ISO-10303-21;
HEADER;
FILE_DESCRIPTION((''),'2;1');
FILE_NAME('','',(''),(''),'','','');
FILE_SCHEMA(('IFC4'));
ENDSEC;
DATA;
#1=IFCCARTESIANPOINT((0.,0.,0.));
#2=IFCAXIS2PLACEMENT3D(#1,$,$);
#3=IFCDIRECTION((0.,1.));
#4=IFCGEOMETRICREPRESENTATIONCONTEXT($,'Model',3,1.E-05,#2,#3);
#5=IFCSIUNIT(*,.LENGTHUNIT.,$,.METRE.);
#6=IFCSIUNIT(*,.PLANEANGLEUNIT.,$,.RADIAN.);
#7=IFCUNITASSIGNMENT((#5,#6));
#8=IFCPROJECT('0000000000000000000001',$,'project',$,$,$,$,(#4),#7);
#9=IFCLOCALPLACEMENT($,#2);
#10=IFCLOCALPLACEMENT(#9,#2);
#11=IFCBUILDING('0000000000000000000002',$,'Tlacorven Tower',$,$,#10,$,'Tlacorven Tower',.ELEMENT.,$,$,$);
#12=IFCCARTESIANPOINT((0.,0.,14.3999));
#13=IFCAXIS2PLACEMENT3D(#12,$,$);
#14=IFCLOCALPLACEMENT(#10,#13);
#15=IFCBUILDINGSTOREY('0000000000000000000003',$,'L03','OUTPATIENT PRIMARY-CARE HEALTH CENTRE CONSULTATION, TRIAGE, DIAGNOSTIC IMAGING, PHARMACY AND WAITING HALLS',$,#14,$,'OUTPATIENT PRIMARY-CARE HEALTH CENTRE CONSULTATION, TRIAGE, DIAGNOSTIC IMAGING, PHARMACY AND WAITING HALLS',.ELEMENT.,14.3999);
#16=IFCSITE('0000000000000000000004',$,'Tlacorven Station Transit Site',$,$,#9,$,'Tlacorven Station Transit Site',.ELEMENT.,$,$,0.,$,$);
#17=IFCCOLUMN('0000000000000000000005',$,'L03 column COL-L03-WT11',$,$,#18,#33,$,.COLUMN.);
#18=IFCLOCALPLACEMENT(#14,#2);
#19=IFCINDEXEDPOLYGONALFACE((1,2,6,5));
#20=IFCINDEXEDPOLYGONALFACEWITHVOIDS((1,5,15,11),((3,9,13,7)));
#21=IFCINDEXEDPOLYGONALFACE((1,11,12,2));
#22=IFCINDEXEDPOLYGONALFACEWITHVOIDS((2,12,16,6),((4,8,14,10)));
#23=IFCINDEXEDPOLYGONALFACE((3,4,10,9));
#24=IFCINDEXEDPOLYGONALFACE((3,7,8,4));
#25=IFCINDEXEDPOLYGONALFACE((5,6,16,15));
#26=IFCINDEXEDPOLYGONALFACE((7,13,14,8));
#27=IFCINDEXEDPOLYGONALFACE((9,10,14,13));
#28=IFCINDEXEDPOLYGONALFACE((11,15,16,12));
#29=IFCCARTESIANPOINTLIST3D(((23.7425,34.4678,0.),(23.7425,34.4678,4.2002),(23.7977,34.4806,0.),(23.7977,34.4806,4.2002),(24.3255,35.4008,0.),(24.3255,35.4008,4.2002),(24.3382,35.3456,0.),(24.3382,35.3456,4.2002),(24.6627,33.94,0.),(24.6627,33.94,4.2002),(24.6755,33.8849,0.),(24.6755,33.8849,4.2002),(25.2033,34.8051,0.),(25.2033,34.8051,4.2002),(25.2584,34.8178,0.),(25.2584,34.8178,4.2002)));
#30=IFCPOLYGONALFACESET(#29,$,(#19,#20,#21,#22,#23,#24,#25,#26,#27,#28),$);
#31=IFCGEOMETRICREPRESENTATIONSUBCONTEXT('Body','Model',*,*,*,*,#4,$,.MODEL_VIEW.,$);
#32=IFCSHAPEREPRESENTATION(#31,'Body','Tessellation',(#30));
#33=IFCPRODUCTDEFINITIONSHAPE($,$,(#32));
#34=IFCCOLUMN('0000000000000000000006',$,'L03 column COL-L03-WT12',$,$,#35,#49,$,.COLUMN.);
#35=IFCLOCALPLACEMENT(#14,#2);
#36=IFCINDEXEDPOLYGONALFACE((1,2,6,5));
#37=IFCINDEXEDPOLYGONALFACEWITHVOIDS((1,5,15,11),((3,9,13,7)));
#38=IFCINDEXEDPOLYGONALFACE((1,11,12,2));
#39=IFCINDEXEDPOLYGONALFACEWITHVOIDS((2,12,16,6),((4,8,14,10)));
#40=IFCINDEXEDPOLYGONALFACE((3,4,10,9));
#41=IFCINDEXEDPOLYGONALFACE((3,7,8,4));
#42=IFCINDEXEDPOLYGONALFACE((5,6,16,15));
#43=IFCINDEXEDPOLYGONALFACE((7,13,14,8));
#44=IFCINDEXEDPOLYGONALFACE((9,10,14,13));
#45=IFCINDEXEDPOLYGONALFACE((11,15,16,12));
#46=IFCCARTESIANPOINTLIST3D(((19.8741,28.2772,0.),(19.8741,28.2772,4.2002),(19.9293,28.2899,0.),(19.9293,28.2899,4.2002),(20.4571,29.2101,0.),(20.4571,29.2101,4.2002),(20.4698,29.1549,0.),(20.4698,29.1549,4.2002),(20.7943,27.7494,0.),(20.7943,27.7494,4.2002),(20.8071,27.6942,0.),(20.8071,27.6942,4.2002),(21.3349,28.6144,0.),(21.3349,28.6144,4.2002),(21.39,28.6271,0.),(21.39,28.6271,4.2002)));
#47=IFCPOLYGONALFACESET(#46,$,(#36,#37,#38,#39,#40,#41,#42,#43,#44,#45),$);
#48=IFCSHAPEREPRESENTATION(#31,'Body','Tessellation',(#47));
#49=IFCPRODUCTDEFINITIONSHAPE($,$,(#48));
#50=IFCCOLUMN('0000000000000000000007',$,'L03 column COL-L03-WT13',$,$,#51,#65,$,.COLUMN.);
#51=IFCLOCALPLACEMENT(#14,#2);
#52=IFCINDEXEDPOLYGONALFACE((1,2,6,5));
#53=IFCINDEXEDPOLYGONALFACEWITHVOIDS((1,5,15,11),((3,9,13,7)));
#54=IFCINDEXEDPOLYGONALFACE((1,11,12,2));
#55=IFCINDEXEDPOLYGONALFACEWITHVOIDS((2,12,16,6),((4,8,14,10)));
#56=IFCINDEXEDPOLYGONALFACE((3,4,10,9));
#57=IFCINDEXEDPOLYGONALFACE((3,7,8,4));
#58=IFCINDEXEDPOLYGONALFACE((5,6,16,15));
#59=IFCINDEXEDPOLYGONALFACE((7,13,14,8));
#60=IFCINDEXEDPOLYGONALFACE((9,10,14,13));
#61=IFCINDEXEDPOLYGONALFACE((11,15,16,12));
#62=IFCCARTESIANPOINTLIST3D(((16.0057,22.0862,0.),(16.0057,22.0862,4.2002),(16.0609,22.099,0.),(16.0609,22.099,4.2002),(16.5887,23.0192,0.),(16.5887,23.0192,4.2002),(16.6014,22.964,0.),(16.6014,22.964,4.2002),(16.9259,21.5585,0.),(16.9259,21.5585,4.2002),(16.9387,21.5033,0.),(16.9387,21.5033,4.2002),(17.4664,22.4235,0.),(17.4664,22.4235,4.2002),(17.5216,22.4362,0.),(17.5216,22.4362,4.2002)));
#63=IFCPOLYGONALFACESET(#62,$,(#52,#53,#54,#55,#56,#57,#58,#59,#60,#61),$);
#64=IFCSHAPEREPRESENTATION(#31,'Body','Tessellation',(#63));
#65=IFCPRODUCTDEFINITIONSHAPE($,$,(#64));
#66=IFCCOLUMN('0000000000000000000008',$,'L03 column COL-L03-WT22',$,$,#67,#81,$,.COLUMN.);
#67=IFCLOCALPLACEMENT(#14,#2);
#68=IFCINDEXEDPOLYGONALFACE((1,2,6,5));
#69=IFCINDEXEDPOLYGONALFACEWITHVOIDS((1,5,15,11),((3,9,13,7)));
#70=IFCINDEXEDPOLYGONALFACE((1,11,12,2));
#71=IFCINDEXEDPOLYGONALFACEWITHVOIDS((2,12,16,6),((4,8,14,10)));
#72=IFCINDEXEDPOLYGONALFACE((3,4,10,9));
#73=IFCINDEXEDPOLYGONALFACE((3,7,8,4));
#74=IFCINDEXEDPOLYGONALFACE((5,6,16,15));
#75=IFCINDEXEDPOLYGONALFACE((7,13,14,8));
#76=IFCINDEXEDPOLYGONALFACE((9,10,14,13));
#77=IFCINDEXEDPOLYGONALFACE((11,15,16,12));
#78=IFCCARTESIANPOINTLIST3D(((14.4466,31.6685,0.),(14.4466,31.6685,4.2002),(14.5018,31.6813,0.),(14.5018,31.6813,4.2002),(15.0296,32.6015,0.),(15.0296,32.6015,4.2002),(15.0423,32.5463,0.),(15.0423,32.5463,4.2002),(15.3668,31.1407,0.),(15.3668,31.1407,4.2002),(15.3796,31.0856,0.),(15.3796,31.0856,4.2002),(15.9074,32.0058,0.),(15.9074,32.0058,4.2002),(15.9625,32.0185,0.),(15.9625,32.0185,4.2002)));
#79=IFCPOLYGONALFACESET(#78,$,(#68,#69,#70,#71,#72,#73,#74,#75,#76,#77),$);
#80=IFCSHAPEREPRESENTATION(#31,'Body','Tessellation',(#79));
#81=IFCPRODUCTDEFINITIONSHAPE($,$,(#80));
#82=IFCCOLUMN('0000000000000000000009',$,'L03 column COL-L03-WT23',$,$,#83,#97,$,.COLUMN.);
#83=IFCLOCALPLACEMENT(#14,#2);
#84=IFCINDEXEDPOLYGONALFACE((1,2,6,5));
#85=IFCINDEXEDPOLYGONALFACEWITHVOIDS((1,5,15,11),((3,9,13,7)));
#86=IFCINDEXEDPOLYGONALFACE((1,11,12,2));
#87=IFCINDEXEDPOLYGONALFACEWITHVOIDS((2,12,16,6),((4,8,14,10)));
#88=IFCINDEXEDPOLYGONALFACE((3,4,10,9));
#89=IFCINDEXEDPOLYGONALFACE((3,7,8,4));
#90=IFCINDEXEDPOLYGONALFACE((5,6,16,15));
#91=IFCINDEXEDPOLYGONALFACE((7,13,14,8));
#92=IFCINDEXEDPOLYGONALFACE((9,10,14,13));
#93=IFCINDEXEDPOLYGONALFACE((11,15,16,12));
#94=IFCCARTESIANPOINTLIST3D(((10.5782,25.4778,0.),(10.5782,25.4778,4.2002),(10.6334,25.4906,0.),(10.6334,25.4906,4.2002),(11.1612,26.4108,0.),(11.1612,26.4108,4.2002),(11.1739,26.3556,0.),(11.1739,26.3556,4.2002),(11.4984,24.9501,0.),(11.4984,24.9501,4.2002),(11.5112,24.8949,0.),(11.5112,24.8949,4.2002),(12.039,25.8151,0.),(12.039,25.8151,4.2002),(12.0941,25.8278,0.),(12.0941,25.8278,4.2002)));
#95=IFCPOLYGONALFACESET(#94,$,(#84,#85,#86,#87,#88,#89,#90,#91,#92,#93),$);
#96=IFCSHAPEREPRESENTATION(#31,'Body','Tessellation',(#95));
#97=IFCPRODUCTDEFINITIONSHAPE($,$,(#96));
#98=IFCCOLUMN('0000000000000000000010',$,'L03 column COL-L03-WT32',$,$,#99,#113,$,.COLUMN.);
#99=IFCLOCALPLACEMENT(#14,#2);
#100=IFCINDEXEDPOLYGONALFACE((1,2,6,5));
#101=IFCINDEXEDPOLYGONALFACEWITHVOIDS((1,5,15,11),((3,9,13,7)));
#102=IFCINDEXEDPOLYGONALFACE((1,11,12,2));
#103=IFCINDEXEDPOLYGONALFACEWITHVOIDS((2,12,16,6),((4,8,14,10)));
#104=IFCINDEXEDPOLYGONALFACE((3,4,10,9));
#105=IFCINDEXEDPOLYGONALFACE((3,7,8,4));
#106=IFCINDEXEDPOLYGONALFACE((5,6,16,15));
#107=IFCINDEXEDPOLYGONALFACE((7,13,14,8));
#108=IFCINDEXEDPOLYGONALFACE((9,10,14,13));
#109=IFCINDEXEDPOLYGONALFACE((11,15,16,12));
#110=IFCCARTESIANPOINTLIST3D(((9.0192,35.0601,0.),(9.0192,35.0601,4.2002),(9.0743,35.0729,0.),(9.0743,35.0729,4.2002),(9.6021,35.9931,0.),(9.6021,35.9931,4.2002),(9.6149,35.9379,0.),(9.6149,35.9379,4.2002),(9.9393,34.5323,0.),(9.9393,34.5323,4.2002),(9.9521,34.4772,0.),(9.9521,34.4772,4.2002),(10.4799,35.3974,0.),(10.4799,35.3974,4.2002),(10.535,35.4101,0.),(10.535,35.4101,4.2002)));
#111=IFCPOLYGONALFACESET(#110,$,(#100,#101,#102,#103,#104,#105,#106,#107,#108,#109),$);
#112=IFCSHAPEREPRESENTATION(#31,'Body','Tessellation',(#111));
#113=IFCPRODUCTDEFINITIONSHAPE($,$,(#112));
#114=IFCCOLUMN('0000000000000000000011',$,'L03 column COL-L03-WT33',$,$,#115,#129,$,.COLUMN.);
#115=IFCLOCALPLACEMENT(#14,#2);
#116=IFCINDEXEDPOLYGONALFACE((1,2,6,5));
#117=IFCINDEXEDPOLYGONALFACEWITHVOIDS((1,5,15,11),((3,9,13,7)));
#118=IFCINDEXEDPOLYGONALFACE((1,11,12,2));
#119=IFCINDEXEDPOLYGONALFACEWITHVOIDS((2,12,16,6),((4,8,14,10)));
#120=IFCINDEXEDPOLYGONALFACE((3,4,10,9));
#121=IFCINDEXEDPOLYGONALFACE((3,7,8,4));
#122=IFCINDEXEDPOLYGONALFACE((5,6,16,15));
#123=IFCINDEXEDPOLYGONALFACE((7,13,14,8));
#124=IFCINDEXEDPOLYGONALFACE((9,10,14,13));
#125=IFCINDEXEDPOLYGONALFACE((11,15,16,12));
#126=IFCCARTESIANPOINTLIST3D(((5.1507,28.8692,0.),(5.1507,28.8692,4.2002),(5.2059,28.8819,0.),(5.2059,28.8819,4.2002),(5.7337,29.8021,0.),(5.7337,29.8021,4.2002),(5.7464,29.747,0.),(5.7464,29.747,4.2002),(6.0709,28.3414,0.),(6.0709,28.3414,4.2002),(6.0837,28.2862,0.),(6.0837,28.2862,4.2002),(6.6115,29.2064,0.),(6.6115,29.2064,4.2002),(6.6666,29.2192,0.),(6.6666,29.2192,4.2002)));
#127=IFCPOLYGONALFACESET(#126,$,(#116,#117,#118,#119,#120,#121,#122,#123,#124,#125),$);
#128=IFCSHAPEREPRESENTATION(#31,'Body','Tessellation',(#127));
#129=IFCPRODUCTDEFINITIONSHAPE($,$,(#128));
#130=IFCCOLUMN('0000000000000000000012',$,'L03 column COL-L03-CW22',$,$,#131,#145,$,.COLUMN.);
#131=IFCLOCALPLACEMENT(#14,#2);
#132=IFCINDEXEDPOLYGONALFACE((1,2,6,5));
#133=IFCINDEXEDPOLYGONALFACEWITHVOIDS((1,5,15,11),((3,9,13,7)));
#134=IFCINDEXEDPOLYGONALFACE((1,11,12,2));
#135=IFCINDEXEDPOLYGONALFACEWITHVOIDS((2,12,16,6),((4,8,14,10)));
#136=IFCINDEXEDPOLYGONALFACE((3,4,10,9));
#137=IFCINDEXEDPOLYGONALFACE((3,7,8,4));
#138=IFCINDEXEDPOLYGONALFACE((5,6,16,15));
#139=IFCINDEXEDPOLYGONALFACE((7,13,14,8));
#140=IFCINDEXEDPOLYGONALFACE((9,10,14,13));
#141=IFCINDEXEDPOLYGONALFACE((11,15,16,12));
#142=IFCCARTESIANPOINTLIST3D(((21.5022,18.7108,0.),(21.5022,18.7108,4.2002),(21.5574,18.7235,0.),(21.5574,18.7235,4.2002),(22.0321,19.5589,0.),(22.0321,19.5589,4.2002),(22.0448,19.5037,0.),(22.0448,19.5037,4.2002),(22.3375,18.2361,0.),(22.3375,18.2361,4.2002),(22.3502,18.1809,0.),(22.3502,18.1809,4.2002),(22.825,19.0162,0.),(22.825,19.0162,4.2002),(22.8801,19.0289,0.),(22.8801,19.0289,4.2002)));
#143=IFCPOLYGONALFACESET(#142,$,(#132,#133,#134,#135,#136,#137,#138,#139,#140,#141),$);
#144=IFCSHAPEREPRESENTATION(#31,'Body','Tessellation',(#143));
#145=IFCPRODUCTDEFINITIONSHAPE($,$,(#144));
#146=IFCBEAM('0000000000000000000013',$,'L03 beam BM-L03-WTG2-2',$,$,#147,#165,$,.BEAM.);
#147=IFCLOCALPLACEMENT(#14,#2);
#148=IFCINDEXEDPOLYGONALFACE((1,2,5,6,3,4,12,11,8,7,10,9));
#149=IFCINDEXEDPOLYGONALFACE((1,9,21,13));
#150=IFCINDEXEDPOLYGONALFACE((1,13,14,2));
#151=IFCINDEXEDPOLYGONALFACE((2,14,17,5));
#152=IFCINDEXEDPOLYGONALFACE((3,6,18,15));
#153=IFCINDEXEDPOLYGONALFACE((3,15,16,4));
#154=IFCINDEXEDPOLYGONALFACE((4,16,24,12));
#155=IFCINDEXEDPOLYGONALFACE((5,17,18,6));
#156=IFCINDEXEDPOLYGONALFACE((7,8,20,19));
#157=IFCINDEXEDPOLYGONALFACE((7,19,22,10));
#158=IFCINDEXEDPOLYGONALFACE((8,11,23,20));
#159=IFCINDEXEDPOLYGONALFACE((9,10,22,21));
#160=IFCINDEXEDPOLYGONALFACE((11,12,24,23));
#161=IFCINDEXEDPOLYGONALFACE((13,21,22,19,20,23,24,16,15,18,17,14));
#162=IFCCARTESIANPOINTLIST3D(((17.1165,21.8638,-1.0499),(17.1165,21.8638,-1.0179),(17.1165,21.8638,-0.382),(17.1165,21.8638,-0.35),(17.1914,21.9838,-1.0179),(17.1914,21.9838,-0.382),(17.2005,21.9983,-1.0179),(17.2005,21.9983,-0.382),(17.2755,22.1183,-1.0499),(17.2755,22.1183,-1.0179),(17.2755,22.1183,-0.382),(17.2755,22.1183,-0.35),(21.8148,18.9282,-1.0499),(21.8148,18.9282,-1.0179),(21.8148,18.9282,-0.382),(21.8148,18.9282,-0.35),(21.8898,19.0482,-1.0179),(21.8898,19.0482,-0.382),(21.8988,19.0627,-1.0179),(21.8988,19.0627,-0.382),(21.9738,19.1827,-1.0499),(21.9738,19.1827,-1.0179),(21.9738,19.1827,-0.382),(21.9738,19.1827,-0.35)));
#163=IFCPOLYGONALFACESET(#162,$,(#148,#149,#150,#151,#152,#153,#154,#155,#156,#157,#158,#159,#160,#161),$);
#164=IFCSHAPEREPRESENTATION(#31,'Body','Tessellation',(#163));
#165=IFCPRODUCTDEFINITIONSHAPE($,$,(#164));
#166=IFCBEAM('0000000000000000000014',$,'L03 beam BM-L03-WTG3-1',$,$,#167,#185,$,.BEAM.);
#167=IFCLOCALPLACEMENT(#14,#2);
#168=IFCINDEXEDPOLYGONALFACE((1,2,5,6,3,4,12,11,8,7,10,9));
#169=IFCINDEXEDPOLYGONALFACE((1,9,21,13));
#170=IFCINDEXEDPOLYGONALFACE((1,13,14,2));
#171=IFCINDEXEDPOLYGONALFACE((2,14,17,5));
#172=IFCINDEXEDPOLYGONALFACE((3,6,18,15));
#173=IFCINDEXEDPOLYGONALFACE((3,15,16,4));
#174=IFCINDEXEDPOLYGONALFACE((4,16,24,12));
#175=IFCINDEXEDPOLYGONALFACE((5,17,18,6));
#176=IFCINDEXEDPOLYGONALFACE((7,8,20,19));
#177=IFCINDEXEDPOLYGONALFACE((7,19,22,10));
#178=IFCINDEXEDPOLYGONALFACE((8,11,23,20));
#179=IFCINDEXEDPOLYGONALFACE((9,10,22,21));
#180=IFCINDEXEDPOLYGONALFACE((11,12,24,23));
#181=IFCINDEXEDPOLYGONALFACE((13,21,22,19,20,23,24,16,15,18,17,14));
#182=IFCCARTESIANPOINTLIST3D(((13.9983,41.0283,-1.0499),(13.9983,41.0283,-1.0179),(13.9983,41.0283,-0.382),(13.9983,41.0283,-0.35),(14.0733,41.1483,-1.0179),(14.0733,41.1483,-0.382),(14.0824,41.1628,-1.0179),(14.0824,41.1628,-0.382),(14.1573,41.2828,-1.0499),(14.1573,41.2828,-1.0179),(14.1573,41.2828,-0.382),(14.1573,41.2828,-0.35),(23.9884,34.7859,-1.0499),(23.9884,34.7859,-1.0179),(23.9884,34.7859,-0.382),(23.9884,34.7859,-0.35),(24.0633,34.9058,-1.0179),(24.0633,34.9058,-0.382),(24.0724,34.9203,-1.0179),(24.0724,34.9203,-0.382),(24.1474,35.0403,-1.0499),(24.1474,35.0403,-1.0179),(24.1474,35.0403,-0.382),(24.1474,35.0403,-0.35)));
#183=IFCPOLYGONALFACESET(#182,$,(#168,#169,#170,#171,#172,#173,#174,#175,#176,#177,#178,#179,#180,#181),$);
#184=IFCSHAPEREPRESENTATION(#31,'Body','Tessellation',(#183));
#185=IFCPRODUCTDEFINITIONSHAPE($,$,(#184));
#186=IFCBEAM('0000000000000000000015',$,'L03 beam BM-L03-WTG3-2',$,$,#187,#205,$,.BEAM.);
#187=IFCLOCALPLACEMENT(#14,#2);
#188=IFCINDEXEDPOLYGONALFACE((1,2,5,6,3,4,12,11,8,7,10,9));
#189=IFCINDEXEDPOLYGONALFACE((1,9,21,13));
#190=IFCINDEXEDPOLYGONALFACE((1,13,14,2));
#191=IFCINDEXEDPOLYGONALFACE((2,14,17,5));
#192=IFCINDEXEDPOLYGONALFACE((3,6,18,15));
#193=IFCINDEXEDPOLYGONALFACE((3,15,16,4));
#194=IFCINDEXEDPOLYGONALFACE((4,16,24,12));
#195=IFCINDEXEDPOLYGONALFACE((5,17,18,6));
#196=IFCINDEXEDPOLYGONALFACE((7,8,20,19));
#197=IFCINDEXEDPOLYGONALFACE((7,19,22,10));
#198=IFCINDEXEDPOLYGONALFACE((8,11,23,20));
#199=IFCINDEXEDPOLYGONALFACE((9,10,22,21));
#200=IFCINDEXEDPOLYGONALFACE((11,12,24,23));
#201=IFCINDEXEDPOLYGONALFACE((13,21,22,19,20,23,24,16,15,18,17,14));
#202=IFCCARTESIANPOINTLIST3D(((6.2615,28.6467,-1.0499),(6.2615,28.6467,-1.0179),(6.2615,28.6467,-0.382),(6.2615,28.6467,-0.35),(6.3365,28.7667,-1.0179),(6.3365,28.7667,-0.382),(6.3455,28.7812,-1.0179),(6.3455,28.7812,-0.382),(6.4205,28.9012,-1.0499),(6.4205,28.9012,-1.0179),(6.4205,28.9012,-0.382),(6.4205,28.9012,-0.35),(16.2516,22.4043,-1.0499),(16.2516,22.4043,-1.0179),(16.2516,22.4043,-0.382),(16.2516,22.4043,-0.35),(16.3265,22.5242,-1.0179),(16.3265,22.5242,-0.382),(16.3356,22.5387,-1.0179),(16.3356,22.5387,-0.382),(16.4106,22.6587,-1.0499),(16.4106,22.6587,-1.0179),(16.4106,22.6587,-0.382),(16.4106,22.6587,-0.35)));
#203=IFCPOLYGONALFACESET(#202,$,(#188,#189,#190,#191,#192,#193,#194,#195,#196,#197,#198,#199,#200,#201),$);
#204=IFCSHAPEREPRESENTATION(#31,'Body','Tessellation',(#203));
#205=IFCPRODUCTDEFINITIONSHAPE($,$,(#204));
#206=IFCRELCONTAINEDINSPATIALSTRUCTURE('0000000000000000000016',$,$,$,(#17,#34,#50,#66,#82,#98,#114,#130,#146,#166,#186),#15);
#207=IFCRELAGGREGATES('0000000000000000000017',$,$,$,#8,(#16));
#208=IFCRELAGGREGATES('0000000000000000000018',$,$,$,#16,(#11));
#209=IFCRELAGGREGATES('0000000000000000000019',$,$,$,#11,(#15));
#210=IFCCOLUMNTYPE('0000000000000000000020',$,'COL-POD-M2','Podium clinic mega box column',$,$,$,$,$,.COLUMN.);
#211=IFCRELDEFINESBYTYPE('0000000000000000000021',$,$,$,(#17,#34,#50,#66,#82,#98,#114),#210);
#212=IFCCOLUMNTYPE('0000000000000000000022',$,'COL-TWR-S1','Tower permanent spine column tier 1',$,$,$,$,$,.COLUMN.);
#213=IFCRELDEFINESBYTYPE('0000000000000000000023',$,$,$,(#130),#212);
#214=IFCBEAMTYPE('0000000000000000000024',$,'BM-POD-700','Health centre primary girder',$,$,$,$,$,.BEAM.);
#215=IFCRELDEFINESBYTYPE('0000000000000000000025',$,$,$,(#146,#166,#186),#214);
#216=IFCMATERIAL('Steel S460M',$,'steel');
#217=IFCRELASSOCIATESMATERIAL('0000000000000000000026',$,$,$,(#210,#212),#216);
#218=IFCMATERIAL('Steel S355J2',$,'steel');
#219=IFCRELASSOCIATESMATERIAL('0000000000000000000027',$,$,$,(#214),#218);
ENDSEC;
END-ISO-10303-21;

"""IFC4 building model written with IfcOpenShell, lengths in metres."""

from ifc_helpers import new_model, si_unit, direction, frame, origin, origin_2d, place, context, subcontext, project, spatial, hollow_rectangle, i_section, extrude, source, transform, mapped, material, material_profile, profile_set, type_object, element, save


model = new_model("IFC4")

# Units and contexts
model_context = context("Model", 3, precision=1e-05, world=origin(), true_north=direction((0.0, 1.0)))
body_context = subcontext(model_context, "Body", "Model", "MODEL_VIEW")
ifc_project = project(units=[si_unit("LENGTHUNIT", "METRE"), si_unit("PLANEANGLEUNIT", "RADIAN")], contexts=[model_context])

# Site, building, storey
site_placement = place(None, origin())
site = spatial("IfcSite", under=ifc_project, at=site_placement, Name="Tlacorven Station Transit Site", LongName="Tlacorven Station Transit Site", CompositionType="ELEMENT", RefElevation=0.0)
building_placement = place(site_placement, origin())
building = spatial("IfcBuilding", under=site, at=building_placement, Name="Tlacorven Tower", LongName="Tlacorven Tower", CompositionType="ELEMENT")
storey_placement = place(building_placement, frame((0.0, 0.0, 14.3999)))
storey = spatial("IfcBuildingStorey", under=building, at=storey_placement, Name="L03", Description="OUTPATIENT PRIMARY-CARE HEALTH CENTRE CONSULTATION, TRIAGE, DIAGNOSTIC IMAGING, PHARMACY AND WAITING HALLS", LongName="OUTPATIENT PRIMARY-CARE HEALTH CENTRE CONSULTATION, TRIAGE, DIAGNOSTIC IMAGING, PHARMACY AND WAITING HALLS", CompositionType="ELEMENT", Elevation=14.3999)

# Columns
ifc_material_1 = material(Name="Steel S460M", Category="steel")
ifc_material_profile_1 = material_profile(ifc_material_1, hollow_rectangle(XDim=1.1001, YDim=1.1001, WallThickness=0.04, at=origin_2d()), Name="BOX 1100X1100X40")
ifc_profile_set_1 = profile_set([ifc_material_profile_1], Name="Steel S460M")
column_type_1 = type_object("IfcColumnType", Name="COL-POD-M2", Description="Podium clinic mega box column", PredefinedType="COLUMN", material=ifc_profile_set_1)
shared_shape_1 = source(origin(), body_context, "Body", "SweptSolid", [
    extrude(hollow_rectangle(XDim=1.1001, YDim=1.1001, WallThickness=0.04, at=origin_2d()), origin(), (0.0, 0.0, 1.0), 4.2002),
])
for number, where, z_axis, x_axis, name in (
    (1, (24.5005, 34.6428, 0.0), (0.0, 0.0, 1.0), (-0.848048, 0.529919, 0.0), "L03 column COL-L03-WT11"),
    (2, (20.6321, 28.4521, 0.0), (0.0, 0.0, 1.0), (-0.848048, 0.529919, 0.0), "L03 column COL-L03-WT12"),
    (3, (16.7637, 22.2612, 0.0), (0.0, 0.0, 1.0), (-0.848048, 0.529919, 0.0), "L03 column COL-L03-WT13"),
    (4, (15.2046, 31.8435, 0.0), (0.0, 0.0, 1.0), (-0.848048, 0.529919, 0.0), "L03 column COL-L03-WT22"),
    (5, (11.3362, 25.6528, 0.0), (0.0, 0.0, 1.0), (-0.848048, 0.529919, 0.0), "L03 column COL-L03-WT23"),
    (6, (9.7771, 35.2351, 0.0), (0.0, 0.0, 1.0), (-0.848048, 0.529919, 0.0), "L03 column COL-L03-WT32"),
    (7, (5.9087, 29.0442, 0.0), (0.0, 0.0, 1.0), (-0.848048, 0.529919, 0.0), "L03 column COL-L03-WT33"),
):
    element("IfcColumn", number, at=place(storey_placement, frame(where, z_axis=z_axis, x_axis=x_axis)), inside=storey, type_object=column_type_1, Name=name, PredefinedType="COLUMN", context=body_context, shape_type="MappedRepresentation", body=[
        mapped(shared_shape_1, transform((0.0, 0.0, 0.0), scale=1.0)),
    ])
ifc_material_profile_2 = material_profile(ifc_material_1, hollow_rectangle(XDim=1.0, YDim=1.0, WallThickness=0.04, at=origin_2d()), Name="BOX 1000X1000X40")
ifc_profile_set_2 = profile_set([ifc_material_profile_2], Name="Steel S460M")
column_type_2 = type_object("IfcColumnType", Name="COL-TWR-S1", Description="Tower permanent spine column tier 1", PredefinedType="COLUMN", material=ifc_profile_set_2)
shared_shape_2 = source(origin(), body_context, "Body", "SweptSolid", [
    extrude(hollow_rectangle(XDim=1.0, YDim=1.0, WallThickness=0.04, at=origin_2d()), origin(), (0.0, 0.0, 1.0), 4.2002),
])
column_placement = place(storey_placement, frame((22.1912, 18.8699, 0.0), z_axis=(0.0, 0.0, 1.0), x_axis=(-0.848048, 0.529919, 0.0)))
element("IfcColumn", 8, at=column_placement, inside=storey, type_object=column_type_2, Name="L03 column COL-L03-CW22", PredefinedType="COLUMN", context=body_context, shape_type="MappedRepresentation", body=[
    mapped(shared_shape_2, transform((0.0, 0.0, 0.0), scale=1.0)),
])

# Beams
ifc_material_2 = material(Name="Steel S355J2", Category="steel")
ifc_material_profile_3 = material_profile(ifc_material_2, i_section(OverallWidth=0.3, OverallDepth=0.7, WebThickness=0.0171, FlangeThickness=0.032, at=origin_2d()), Name="HEB 700")
ifc_profile_set_3 = profile_set([ifc_material_profile_3], Name="Steel S355J2")
beam_type = type_object("IfcBeamType", Name="BM-POD-700", Description="Health centre primary girder", PredefinedType="BEAM", material=ifc_profile_set_3)
shared_shape_3 = source(origin(), body_context, "Body", "SweptSolid", [
    extrude(i_section(OverallWidth=0.3, OverallDepth=0.7, WebThickness=0.0171, FlangeThickness=0.032, at=origin_2d()), origin(), (0.0, 0.0, 1.0), 5.54),
])
beam_placement = place(storey_placement, frame((21.8943, 19.0554, -0.7), z_axis=(-0.848068, 0.529888, 0.0), x_axis=(-0.529888, -0.848068, 0.0)))
element("IfcBeam", 9, at=beam_placement, inside=storey, type_object=beam_type, Name="L03 beam BM-L03-WTG2-2", PredefinedType="BEAM", context=body_context, shape_type="MappedRepresentation", body=[
    mapped(shared_shape_3, transform((0.0, 0.0, 0.0), scale=1.0)),
])
shared_shape_4 = source(origin(), body_context, "Body", "SweptSolid", [
    extrude(i_section(OverallWidth=0.3, OverallDepth=0.7, WebThickness=0.0171, FlangeThickness=0.032, at=origin_2d()), origin(), (0.0, 0.0, 1.0), 11.78),
])
for number, where, z_axis, x_axis, name in (
    (10, (24.0679, 34.9131, -0.7), (-0.848048, 0.529919, 0.0), (-0.529919, -0.848048, 0.0), "L03 beam BM-L03-WTG3-1"),
    (11, (16.3311, 22.5315, -0.7), (-0.848048, 0.529919, 0.0), (-0.529919, -0.848048, 0.0), "L03 beam BM-L03-WTG3-2"),
):
    element("IfcBeam", number, at=place(storey_placement, frame(where, z_axis=z_axis, x_axis=x_axis)), inside=storey, type_object=beam_type, Name=name, PredefinedType="BEAM", context=body_context, shape_type="MappedRepresentation", body=[
        mapped(shared_shape_4, transform((0.0, 0.0, 0.0), scale=1.0)),
    ])

save(model, "model.ifc")
